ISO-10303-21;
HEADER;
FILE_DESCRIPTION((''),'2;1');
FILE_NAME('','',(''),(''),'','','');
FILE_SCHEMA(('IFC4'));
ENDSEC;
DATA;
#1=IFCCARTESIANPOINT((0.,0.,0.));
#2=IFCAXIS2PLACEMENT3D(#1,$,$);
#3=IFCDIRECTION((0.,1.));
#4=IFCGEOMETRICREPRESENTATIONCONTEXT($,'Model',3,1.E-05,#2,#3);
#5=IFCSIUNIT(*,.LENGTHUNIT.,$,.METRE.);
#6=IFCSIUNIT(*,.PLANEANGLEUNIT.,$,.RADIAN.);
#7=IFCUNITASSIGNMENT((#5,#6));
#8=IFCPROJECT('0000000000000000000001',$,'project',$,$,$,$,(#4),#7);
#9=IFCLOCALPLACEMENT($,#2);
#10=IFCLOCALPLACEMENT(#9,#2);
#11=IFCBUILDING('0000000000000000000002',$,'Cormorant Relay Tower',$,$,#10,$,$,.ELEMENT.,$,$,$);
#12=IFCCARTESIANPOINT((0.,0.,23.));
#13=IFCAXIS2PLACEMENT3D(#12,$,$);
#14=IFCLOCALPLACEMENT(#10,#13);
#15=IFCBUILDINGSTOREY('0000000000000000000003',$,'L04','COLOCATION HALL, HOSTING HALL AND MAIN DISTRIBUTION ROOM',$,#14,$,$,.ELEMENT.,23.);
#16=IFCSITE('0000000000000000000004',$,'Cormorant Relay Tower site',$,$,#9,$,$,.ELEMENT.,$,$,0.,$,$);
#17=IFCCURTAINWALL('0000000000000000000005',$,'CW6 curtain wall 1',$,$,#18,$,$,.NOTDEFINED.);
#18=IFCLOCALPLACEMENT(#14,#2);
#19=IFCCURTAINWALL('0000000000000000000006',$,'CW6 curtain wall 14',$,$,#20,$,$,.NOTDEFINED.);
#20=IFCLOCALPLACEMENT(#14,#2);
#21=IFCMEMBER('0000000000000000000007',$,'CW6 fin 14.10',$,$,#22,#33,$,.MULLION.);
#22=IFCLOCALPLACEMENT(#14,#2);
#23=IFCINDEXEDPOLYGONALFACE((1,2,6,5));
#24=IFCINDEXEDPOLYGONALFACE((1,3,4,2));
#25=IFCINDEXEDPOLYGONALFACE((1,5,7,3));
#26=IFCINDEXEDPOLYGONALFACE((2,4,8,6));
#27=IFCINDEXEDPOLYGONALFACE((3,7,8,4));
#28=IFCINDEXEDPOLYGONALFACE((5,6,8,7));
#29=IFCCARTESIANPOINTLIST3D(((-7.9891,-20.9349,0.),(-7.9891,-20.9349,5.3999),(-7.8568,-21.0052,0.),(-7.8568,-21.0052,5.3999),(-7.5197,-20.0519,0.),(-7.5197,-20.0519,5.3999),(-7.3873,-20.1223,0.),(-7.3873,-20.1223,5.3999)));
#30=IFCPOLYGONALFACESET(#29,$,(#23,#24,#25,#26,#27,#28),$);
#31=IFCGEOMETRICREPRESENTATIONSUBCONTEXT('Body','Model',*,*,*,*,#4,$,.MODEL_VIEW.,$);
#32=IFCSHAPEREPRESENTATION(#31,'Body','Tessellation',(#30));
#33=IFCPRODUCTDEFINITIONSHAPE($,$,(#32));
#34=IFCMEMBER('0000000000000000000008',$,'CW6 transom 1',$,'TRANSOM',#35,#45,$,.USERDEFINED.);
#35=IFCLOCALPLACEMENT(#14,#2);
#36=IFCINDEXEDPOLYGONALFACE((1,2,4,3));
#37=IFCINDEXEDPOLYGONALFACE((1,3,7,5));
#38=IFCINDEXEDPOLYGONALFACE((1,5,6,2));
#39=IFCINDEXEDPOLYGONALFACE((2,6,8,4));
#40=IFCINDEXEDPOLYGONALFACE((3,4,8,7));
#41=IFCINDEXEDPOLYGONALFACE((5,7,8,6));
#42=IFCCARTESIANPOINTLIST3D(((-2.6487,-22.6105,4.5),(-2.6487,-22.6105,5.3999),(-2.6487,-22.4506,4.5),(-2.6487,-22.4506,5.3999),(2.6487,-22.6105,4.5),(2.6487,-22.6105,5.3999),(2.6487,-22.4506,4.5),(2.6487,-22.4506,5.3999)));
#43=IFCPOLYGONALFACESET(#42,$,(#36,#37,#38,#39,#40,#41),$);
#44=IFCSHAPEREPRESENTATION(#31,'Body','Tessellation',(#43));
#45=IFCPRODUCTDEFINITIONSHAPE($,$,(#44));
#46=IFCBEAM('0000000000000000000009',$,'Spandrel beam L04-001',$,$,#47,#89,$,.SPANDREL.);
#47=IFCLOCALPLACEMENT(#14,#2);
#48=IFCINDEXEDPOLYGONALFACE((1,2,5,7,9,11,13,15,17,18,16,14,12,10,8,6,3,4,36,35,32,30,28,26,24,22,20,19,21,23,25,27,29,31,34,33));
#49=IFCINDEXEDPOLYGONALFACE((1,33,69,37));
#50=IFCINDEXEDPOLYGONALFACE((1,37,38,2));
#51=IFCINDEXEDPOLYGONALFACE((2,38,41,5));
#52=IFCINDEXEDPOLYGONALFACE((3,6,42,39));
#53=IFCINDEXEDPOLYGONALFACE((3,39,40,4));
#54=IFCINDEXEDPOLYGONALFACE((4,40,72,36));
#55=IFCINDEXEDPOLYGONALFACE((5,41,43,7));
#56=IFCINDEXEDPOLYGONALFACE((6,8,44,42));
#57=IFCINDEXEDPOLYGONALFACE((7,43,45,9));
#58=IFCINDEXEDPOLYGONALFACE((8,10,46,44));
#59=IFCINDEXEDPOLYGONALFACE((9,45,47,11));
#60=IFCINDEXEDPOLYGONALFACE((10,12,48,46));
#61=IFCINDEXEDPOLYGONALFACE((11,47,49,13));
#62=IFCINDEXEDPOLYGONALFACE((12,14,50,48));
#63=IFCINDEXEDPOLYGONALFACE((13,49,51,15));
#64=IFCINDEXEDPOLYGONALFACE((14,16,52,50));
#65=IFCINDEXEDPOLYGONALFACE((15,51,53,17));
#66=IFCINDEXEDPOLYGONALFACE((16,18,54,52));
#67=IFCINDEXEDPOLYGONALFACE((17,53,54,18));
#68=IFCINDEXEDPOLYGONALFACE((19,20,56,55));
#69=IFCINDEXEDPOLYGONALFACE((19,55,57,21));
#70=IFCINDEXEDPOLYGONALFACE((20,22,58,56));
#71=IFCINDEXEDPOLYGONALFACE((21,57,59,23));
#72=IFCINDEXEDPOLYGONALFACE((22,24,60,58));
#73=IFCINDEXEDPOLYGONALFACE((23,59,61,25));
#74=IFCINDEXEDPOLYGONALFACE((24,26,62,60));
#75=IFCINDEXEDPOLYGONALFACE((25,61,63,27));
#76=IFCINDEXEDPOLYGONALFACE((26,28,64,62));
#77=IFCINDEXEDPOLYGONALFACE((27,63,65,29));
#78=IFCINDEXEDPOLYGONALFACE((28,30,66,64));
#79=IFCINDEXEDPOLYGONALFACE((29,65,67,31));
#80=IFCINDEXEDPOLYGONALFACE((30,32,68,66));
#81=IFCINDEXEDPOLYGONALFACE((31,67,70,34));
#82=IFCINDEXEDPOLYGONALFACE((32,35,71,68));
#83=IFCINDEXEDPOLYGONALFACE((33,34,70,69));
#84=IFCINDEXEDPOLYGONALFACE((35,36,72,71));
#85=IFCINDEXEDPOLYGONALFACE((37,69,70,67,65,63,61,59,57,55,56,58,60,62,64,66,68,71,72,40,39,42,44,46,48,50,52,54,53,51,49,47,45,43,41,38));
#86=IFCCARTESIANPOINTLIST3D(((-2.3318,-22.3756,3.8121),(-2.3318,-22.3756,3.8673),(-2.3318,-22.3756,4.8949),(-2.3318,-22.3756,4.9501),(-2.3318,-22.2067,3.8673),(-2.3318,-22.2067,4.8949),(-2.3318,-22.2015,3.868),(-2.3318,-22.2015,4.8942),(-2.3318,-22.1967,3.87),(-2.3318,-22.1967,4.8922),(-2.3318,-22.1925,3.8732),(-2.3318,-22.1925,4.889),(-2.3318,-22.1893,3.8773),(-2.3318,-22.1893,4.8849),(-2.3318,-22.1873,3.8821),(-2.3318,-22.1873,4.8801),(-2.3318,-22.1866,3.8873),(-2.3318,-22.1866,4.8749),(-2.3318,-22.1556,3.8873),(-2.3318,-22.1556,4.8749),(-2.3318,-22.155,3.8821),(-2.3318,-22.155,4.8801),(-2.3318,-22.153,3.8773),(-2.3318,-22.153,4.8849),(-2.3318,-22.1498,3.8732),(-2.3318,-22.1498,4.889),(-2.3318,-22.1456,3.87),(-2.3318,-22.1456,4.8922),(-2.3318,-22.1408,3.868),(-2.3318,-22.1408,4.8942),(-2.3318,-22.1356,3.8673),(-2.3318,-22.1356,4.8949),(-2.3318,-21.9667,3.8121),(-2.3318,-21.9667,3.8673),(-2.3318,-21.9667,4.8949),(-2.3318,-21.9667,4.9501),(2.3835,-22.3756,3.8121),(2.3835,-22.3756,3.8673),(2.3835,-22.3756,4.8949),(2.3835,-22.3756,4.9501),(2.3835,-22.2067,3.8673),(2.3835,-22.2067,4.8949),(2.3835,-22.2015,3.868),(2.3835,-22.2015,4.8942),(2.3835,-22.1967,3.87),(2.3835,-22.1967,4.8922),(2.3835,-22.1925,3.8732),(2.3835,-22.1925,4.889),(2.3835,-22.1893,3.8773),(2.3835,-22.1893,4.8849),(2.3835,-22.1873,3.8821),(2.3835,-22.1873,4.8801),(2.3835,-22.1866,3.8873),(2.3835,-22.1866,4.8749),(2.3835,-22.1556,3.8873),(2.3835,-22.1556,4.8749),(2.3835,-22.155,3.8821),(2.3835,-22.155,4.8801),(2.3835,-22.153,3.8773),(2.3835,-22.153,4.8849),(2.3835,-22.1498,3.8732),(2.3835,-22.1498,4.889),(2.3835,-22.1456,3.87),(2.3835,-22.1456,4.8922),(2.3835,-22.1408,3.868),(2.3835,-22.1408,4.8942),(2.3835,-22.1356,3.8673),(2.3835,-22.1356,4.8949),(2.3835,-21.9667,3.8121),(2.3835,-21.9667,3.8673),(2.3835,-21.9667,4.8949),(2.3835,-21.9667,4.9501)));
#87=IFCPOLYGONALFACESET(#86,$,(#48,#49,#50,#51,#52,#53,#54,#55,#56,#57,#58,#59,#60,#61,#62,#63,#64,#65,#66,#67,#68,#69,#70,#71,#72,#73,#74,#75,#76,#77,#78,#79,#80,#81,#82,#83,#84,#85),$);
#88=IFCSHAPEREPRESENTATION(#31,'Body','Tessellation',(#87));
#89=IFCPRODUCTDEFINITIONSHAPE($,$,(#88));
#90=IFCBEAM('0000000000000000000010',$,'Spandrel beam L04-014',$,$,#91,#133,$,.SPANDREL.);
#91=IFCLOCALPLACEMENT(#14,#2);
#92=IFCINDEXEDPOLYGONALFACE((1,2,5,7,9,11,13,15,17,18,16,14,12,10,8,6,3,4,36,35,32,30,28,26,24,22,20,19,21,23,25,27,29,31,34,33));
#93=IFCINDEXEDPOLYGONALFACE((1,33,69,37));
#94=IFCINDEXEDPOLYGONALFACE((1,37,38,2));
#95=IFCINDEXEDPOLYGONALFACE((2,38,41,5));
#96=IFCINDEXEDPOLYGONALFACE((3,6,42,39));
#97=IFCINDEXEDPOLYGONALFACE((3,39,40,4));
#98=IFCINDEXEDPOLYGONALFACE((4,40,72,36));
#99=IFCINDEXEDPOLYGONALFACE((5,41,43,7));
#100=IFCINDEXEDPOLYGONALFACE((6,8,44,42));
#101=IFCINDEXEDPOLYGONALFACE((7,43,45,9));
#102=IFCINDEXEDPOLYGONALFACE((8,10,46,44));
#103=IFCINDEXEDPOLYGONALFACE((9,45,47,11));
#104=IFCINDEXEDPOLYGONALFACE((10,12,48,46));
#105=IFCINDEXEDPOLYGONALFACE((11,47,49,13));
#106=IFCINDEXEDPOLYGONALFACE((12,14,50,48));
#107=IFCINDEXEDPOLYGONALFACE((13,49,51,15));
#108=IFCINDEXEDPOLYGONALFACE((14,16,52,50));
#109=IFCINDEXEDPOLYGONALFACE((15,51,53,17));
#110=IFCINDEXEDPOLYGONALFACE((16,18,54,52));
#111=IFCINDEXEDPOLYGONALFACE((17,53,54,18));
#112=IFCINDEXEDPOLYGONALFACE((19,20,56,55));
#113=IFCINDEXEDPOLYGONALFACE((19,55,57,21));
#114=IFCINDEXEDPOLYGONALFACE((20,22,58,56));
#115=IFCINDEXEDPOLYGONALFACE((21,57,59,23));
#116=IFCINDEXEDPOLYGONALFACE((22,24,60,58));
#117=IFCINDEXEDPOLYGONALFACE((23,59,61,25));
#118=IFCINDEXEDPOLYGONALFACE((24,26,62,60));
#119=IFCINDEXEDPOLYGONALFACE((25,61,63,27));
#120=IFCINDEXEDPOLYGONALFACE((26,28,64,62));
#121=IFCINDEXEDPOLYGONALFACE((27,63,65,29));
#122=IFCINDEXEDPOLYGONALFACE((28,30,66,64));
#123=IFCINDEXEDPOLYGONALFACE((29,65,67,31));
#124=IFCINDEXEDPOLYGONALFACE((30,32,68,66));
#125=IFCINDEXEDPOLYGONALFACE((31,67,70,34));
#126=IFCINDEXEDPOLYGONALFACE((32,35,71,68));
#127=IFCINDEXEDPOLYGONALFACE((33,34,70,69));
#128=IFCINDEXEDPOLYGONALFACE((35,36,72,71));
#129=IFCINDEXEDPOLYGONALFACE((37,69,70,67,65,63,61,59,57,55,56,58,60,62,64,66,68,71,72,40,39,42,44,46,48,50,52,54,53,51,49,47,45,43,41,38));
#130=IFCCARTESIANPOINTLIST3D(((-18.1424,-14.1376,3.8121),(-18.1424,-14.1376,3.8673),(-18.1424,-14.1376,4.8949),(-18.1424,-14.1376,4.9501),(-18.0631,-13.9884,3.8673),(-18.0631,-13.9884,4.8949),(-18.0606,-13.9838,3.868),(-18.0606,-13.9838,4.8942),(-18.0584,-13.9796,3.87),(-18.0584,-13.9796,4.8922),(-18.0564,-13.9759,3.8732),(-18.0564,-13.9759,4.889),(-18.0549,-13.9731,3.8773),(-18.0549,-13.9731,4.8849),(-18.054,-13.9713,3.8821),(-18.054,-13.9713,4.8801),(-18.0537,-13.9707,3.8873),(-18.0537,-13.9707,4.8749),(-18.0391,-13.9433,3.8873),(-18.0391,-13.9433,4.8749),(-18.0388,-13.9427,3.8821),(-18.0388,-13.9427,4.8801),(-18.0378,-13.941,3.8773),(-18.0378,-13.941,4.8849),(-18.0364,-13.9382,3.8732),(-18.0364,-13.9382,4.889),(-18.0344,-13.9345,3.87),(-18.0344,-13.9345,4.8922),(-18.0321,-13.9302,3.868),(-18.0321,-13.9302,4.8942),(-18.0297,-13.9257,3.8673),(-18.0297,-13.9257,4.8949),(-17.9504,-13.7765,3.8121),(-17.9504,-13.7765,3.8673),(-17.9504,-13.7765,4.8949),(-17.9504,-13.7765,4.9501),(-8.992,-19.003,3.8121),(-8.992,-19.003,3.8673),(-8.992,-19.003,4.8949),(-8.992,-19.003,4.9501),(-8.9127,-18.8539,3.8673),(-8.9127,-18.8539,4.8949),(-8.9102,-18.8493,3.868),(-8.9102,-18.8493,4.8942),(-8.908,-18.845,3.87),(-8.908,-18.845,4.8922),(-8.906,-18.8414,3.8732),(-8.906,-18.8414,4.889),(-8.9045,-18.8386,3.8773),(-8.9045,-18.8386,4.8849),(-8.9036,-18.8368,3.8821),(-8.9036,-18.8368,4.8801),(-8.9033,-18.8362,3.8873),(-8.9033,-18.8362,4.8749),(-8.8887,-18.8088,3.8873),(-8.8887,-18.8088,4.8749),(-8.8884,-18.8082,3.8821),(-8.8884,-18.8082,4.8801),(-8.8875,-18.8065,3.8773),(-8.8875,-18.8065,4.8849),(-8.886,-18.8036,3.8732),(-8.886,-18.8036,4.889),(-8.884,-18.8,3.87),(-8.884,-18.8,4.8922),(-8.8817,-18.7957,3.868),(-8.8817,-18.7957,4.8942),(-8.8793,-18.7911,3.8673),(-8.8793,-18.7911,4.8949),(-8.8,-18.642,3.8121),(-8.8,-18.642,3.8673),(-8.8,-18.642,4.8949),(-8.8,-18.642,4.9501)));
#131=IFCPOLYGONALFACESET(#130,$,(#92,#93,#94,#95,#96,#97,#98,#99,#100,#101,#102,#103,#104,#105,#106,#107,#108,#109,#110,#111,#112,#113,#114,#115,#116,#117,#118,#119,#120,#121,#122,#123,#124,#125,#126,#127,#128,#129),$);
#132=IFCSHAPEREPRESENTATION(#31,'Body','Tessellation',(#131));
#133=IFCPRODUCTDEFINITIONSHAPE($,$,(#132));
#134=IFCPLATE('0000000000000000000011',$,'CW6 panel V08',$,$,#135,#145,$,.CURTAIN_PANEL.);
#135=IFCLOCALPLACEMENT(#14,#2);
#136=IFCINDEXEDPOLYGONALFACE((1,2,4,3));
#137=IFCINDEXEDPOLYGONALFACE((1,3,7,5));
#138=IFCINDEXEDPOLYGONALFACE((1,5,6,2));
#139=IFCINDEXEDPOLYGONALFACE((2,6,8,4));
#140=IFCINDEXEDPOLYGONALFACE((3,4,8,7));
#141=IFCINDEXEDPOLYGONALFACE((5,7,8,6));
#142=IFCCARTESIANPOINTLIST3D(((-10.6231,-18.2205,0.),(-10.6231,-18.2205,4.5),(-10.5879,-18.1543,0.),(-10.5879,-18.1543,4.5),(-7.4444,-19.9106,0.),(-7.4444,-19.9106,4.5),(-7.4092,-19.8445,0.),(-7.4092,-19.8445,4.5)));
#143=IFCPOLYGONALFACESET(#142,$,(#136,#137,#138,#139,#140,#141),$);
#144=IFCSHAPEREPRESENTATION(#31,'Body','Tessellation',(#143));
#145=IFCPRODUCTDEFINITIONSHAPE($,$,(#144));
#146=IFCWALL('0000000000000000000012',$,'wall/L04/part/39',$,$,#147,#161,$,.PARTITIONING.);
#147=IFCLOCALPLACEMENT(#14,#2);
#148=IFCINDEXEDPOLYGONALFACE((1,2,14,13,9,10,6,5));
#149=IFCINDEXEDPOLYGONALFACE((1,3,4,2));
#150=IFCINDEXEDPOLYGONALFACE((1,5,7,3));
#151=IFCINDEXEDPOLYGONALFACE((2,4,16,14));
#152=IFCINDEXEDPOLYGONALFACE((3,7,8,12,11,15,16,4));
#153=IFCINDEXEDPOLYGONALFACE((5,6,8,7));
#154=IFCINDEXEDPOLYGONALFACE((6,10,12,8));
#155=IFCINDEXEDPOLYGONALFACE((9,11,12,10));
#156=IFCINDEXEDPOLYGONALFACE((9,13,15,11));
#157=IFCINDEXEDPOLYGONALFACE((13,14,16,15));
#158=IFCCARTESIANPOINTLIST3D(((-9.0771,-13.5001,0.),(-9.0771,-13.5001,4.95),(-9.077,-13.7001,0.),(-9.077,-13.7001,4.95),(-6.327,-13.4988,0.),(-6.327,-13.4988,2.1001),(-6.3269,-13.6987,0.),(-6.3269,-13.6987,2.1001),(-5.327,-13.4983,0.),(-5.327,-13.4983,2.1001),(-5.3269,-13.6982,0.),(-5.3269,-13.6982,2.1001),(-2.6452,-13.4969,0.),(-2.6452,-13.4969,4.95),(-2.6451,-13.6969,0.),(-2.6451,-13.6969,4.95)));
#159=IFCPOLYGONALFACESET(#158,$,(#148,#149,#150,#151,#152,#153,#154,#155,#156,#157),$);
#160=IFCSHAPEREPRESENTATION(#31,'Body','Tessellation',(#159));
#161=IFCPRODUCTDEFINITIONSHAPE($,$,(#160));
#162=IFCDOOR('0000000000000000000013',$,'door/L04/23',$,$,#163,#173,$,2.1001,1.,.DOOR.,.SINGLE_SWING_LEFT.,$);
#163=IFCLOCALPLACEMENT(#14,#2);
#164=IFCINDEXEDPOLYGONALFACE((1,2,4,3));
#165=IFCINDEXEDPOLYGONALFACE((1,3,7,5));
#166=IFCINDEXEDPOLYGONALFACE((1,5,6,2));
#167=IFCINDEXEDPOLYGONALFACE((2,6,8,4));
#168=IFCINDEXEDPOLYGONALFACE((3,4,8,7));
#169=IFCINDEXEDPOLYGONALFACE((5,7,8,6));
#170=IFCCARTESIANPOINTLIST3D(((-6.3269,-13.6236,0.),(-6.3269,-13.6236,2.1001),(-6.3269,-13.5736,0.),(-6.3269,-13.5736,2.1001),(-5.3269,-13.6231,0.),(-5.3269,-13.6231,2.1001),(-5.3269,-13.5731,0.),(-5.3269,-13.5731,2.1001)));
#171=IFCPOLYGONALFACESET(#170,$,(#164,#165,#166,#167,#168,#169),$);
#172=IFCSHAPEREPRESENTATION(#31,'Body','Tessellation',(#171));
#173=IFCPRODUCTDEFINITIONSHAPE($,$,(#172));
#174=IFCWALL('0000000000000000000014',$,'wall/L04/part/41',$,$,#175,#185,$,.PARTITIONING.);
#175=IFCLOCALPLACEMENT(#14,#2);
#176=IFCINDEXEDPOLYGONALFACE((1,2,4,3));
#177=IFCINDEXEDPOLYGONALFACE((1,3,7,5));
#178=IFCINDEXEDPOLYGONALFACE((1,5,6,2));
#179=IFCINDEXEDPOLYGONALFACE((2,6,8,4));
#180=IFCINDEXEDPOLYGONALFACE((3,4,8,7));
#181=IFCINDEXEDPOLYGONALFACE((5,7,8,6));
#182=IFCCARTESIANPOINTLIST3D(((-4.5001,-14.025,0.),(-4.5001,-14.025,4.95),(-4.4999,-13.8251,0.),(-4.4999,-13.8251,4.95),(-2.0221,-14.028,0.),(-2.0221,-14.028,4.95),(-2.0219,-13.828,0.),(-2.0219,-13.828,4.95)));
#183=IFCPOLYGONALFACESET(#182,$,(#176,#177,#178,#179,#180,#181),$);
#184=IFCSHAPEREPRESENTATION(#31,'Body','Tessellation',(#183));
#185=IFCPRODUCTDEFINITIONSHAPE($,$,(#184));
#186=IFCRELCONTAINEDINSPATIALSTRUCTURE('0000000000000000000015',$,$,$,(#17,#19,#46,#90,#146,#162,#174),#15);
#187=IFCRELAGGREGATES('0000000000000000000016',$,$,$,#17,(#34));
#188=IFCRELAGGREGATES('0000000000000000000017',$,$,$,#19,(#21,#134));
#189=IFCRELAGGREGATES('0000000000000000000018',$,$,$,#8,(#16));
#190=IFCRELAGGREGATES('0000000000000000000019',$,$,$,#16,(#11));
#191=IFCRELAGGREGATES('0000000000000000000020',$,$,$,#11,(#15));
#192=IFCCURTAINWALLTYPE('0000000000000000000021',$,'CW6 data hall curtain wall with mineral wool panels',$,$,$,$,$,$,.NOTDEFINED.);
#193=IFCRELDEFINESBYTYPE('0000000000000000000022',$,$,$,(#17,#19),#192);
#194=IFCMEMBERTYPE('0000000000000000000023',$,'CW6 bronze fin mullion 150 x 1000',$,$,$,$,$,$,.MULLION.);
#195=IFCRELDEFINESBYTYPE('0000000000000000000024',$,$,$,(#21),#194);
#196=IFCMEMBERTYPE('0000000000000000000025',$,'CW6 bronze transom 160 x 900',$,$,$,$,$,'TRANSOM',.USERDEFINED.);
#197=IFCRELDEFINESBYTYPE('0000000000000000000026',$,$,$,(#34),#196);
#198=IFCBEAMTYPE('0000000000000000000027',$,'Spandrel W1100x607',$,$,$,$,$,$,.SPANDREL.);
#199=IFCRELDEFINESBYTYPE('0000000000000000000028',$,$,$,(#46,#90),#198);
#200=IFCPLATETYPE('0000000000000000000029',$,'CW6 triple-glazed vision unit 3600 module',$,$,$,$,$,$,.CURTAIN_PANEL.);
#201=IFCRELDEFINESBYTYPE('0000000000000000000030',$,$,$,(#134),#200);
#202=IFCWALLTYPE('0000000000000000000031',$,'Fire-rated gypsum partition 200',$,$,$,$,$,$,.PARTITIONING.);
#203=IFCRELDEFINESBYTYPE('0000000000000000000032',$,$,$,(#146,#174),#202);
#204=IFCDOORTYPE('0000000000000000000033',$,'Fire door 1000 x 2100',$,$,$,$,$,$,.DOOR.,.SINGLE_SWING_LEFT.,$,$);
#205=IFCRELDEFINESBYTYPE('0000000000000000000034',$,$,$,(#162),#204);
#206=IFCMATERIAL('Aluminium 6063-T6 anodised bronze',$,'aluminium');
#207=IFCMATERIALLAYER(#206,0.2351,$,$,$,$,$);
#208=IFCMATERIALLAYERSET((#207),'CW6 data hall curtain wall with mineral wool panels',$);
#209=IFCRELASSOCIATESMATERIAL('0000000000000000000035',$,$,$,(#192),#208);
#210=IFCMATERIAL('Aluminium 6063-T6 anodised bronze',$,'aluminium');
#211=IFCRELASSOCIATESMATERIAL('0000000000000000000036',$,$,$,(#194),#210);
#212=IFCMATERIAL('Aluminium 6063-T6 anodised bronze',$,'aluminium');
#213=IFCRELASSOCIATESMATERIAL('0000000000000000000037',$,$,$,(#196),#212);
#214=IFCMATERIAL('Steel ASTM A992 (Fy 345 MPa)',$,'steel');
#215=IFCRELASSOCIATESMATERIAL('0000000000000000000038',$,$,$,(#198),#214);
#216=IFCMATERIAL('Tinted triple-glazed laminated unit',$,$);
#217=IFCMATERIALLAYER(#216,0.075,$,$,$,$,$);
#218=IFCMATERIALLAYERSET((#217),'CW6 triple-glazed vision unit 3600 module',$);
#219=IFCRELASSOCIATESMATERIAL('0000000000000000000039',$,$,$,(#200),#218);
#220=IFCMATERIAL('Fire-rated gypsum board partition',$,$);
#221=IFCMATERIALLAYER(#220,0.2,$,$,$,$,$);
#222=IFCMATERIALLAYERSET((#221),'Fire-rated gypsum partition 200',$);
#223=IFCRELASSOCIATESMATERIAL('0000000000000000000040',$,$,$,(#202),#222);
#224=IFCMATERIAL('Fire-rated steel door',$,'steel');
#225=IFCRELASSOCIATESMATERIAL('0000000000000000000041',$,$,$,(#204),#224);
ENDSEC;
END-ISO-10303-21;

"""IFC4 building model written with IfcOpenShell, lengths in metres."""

from ifc_helpers import new_model, si_unit, direction, frame, frame_2d, origin, origin_2d, place, context, subcontext, project, spatial, rectangle, i_section, extrude, material, layer, layer_set, material_profile, profile_set, type_object, element, fill, aggregate, save


model = new_model("IFC4")

# Units and contexts
model_context = context("Model", 3, precision=1e-05, world=origin(), true_north=direction((0.0, 1.0)))
body_context = subcontext(model_context, "Body", "Model", "MODEL_VIEW")
ifc_project = project(units=[si_unit("LENGTHUNIT", "METRE"), si_unit("PLANEANGLEUNIT", "RADIAN")], contexts=[model_context])

# Site, building, storey
site_placement = place(None, origin())
site = spatial("IfcSite", under=ifc_project, at=site_placement, Name="Cormorant Relay Tower site", CompositionType="ELEMENT", RefElevation=0.0)
building_placement = place(site_placement, origin())
building = spatial("IfcBuilding", under=site, at=building_placement, Name="Cormorant Relay Tower", CompositionType="ELEMENT")
storey_placement = place(building_placement, frame((0.0, 0.0, 23.0)))
storey = spatial("IfcBuildingStorey", under=building, at=storey_placement, Name="L04", Description="COLOCATION HALL, HOSTING HALL AND MAIN DISTRIBUTION ROOM", CompositionType="ELEMENT", Elevation=23.0)

# Curtain wall
ifc_material_1 = material(Name="Aluminium 6063-T6 anodised bronze", Category="aluminium")
ifc_layer_1 = layer(ifc_material_1, 0.2351)
ifc_layer_set_1 = layer_set([ifc_layer_1], Name="CW6 data hall curtain wall with mineral wool panels")
curtain_wall_type = type_object("IfcCurtainWallType", Name="CW6 data hall curtain wall with mineral wool panels", PredefinedType="NOTDEFINED", material=ifc_layer_set_1)
curtain_wall_1_placement = place(storey_placement, origin())
curtain_wall_1 = element("IfcCurtainWall", 1, at=curtain_wall_1_placement, inside=storey, type_object=curtain_wall_type, Name="CW6 curtain wall 1", PredefinedType="NOTDEFINED")
ifc_material_2 = material(Name="Aluminium 6063-T6 anodised bronze", Category="aluminium")
ifc_material_profile_1 = material_profile(ifc_material_2, rectangle(XDim=0.1499, YDim=1.0, at=origin_2d()), Name="AL 150x1000")
ifc_profile_set_1 = profile_set([ifc_material_profile_1], Name="Aluminium 6063-T6 anodised bronze")
member_type_1 = type_object("IfcMemberType", Name="CW6 bronze fin mullion 150 x 1000", PredefinedType="MULLION", material=ifc_profile_set_1)

# Curtain wall, member
curtain_wall_2_placement = place(storey_placement, origin())
curtain_wall_2 = element("IfcCurtainWall", 2, at=curtain_wall_2_placement, inside=storey, type_object=curtain_wall_type, Name="CW6 curtain wall 14", PredefinedType="NOTDEFINED")
member_1_placement = place(storey_placement, frame((-7.6882, -20.5286, 0.0), z_axis=(0.0, 0.0, 1.0), x_axis=(0.882948, -0.469472, 0.0)))
member_1 = element("IfcMember", 3, at=member_1_placement, type_object=member_type_1, Name="CW6 fin 14.10", PredefinedType="MULLION", context=body_context, shape_type="SweptSolid", body=[
    extrude(rectangle(XDim=0.1499, YDim=1.0, at=origin_2d()), origin(), (0.0, 0.0, 1.0), 5.3999),
])

# Member
ifc_material_3 = material(Name="Aluminium 6063-T6 anodised bronze", Category="aluminium")
ifc_material_profile_2 = material_profile(ifc_material_3, rectangle(XDim=0.1599, YDim=0.8999, at=origin_2d()), Name="AL 160x900")
ifc_profile_set_2 = profile_set([ifc_material_profile_2], Name="Aluminium 6063-T6 anodised bronze")
member_type_2 = type_object("IfcMemberType", Name="CW6 bronze transom 160 x 900", ElementType="TRANSOM", PredefinedType="USERDEFINED", material=ifc_profile_set_2)
member_2_placement = place(storey_placement, frame((-2.6487, -22.5305, 4.95), z_axis=(1.0, 0.0, 0.0), x_axis=(0.0, 1.0, 0.0)))
member_2 = element("IfcMember", 4, at=member_2_placement, type_object=member_type_2, Name="CW6 transom 1", ObjectType="TRANSOM", PredefinedType="USERDEFINED", context=body_context, shape_type="SweptSolid", body=[
    extrude(rectangle(XDim=0.1599, YDim=0.8999, at=origin_2d()), origin(), (0.0, 0.0, 1.0), 5.2974),
])
aggregate(curtain_wall_1, [member_2])

# Beams
ifc_material_4 = material(Name="Steel ASTM A992 (Fy 345 MPa)", Category="steel")
ifc_material_profile_3 = material_profile(ifc_material_4, i_section(OverallWidth=0.4089, OverallDepth=1.1379, WebThickness=0.031, FlangeThickness=0.0552, FilletRadius=0.02, at=origin_2d()), Name="W1100x607")
ifc_profile_set_3 = profile_set([ifc_material_profile_3], Name="Steel ASTM A992 (Fy 345 MPa)")
beam_type = type_object("IfcBeamType", Name="Spandrel W1100x607", PredefinedType="SPANDREL", material=ifc_profile_set_3)
beam_1_placement = place(storey_placement, frame((-2.3318, -22.1711, 4.3811), z_axis=(1.0, 0.0, 0.0), x_axis=(0.0, 1.0, 0.0)))
element("IfcBeam", 5, at=beam_1_placement, inside=storey, type_object=beam_type, Name="Spandrel beam L04-001", PredefinedType="SPANDREL", context=body_context, shape_type="SweptSolid", body=[
    extrude(i_section(OverallWidth=0.4089, OverallDepth=1.1379, WebThickness=0.031, FlangeThickness=0.0552, FilletRadius=0.02, at=origin_2d()), origin(), (0.0, 0.0, 1.0), 4.7153),
])
beam_2_placement = place(storey_placement, frame((-18.0464, -13.957, 4.3811), z_axis=(0.882942, -0.469481, 0.0), x_axis=(0.469481, 0.882942, 0.0)))
element("IfcBeam", 6, at=beam_2_placement, inside=storey, type_object=beam_type, Name="Spandrel beam L04-014", PredefinedType="SPANDREL", context=body_context, shape_type="SweptSolid", body=[
    extrude(i_section(OverallWidth=0.4089, OverallDepth=1.1379, WebThickness=0.031, FlangeThickness=0.0552, FilletRadius=0.02, at=origin_2d()), origin(), (0.0, 0.0, 1.0), 10.3635),
])

# Plate
ifc_material_5 = material(Name="Tinted triple-glazed laminated unit")
ifc_layer_2 = layer(ifc_material_5, 0.075)
ifc_layer_set_2 = layer_set([ifc_layer_2], Name="CW6 triple-glazed vision unit 3600 module")
plate_type = type_object("IfcPlateType", Name="CW6 triple-glazed vision unit 3600 module", PredefinedType="CURTAIN_PANEL", material=ifc_layer_set_2)
plate_placement = place(storey_placement, frame((-9.0161, -19.0325, 0.0), z_axis=(0.0, 0.0, 1.0), x_axis=(0.882948, -0.469472, 0.0)))
plate = element("IfcPlate", 7, at=plate_placement, type_object=plate_type, Name="CW6 panel V08", PredefinedType="CURTAIN_PANEL", context=body_context, shape_type="SweptSolid", body=[
    extrude(rectangle(XDim=3.6001, YDim=0.075, at=origin_2d()), origin(), (0.0, 0.0, 1.0), 4.5),
])

# Wall, opening, door
ifc_material_6 = material(Name="Fire-rated gypsum board partition")
ifc_layer_3 = layer(ifc_material_6, 0.2)
ifc_layer_set_3 = layer_set([ifc_layer_3], Name="Fire-rated gypsum partition 200")
wall_type_1 = type_object("IfcWallType", Name="Fire-rated gypsum partition 200", PredefinedType="PARTITIONING", material=ifc_layer_set_3)
wall_1_placement = place(storey_placement, frame((-9.0769, -13.6001, 0.0), z_axis=(0.0, 0.0, 1.0), x_axis=(1.0, 0.000493, 0.0)))
wall_1 = element("IfcWall", 8, at=wall_1_placement, inside=storey, type_object=wall_type_1, Name="wall/L04/part/39", PredefinedType="PARTITIONING", context=body_context, shape_type="SweptSolid", body=[
    extrude(rectangle(XDim=6.4319, YDim=0.2, at=frame_2d((3.2158, 0.0))), origin(), (0.0, 0.0, 1.0), 4.95),
])
opening_1_placement = place(wall_1_placement, frame((2.75, 0.0, 0.0)))
opening_1 = element("IfcOpeningElement", 9, at=opening_1_placement, cuts=wall_1, PredefinedType="OPENING", context=body_context, shape_type="SweptSolid", body=[
    extrude(rectangle(XDim=1.0, YDim=2.1001, at=frame_2d((0.5, 1.05))), frame((0.0, 0.1099, 0.0), z_axis=(0.0, -1.0, 0.0), x_axis=(1.0, 0.0, 0.0)), (0.0, 0.0, 1.0), 0.22),
])
ifc_material_7 = material(Name="Fire-rated steel door", Category="steel")
door_type_1 = type_object("IfcDoorType", Name="Fire door 1000 x 2100", OperationType="SINGLE_SWING_LEFT", PredefinedType="DOOR", material=ifc_material_7)
door_1_placement = place(opening_1_placement, frame((1.0, 0.0, 0.0), z_axis=(0.0, 0.0, 1.0), x_axis=(-1.0, 0.0, 0.0)))
door_1 = element("IfcDoor", 10, at=door_1_placement, inside=storey, type_object=door_type_1, Name="door/L04/23", OperationType="SINGLE_SWING_LEFT", OverallHeight=2.1001, OverallWidth=1.0, PredefinedType="DOOR", context=body_context, shape_type="SweptSolid", body=[
    extrude(rectangle(XDim=1.0, YDim=2.1001, at=frame_2d((0.5, 1.05))), frame((0.0, 0.0249, 0.0), z_axis=(0.0, -1.0, 0.0), x_axis=(1.0, 0.0, 0.0)), (0.0, 0.0, 1.0), 0.05),
])
fill(opening_1, door_1)

# Wall
wall_2_placement = place(storey_placement, frame((-2.022, -13.928, 0.0), z_axis=(0.0, 0.0, 1.0), x_axis=(-0.999999, 0.001182, 0.0)))
element("IfcWall", 11, at=wall_2_placement, inside=storey, type_object=wall_type_1, Name="wall/L04/part/41", PredefinedType="PARTITIONING", context=body_context, shape_type="SweptSolid", body=[
    extrude(rectangle(XDim=2.478, YDim=0.2, at=frame_2d((1.239, 0.0))), origin(), (0.0, 0.0, 1.0), 4.95),
])

aggregate(curtain_wall_2, [member_1, plate])

save(model, "model.ifc")
